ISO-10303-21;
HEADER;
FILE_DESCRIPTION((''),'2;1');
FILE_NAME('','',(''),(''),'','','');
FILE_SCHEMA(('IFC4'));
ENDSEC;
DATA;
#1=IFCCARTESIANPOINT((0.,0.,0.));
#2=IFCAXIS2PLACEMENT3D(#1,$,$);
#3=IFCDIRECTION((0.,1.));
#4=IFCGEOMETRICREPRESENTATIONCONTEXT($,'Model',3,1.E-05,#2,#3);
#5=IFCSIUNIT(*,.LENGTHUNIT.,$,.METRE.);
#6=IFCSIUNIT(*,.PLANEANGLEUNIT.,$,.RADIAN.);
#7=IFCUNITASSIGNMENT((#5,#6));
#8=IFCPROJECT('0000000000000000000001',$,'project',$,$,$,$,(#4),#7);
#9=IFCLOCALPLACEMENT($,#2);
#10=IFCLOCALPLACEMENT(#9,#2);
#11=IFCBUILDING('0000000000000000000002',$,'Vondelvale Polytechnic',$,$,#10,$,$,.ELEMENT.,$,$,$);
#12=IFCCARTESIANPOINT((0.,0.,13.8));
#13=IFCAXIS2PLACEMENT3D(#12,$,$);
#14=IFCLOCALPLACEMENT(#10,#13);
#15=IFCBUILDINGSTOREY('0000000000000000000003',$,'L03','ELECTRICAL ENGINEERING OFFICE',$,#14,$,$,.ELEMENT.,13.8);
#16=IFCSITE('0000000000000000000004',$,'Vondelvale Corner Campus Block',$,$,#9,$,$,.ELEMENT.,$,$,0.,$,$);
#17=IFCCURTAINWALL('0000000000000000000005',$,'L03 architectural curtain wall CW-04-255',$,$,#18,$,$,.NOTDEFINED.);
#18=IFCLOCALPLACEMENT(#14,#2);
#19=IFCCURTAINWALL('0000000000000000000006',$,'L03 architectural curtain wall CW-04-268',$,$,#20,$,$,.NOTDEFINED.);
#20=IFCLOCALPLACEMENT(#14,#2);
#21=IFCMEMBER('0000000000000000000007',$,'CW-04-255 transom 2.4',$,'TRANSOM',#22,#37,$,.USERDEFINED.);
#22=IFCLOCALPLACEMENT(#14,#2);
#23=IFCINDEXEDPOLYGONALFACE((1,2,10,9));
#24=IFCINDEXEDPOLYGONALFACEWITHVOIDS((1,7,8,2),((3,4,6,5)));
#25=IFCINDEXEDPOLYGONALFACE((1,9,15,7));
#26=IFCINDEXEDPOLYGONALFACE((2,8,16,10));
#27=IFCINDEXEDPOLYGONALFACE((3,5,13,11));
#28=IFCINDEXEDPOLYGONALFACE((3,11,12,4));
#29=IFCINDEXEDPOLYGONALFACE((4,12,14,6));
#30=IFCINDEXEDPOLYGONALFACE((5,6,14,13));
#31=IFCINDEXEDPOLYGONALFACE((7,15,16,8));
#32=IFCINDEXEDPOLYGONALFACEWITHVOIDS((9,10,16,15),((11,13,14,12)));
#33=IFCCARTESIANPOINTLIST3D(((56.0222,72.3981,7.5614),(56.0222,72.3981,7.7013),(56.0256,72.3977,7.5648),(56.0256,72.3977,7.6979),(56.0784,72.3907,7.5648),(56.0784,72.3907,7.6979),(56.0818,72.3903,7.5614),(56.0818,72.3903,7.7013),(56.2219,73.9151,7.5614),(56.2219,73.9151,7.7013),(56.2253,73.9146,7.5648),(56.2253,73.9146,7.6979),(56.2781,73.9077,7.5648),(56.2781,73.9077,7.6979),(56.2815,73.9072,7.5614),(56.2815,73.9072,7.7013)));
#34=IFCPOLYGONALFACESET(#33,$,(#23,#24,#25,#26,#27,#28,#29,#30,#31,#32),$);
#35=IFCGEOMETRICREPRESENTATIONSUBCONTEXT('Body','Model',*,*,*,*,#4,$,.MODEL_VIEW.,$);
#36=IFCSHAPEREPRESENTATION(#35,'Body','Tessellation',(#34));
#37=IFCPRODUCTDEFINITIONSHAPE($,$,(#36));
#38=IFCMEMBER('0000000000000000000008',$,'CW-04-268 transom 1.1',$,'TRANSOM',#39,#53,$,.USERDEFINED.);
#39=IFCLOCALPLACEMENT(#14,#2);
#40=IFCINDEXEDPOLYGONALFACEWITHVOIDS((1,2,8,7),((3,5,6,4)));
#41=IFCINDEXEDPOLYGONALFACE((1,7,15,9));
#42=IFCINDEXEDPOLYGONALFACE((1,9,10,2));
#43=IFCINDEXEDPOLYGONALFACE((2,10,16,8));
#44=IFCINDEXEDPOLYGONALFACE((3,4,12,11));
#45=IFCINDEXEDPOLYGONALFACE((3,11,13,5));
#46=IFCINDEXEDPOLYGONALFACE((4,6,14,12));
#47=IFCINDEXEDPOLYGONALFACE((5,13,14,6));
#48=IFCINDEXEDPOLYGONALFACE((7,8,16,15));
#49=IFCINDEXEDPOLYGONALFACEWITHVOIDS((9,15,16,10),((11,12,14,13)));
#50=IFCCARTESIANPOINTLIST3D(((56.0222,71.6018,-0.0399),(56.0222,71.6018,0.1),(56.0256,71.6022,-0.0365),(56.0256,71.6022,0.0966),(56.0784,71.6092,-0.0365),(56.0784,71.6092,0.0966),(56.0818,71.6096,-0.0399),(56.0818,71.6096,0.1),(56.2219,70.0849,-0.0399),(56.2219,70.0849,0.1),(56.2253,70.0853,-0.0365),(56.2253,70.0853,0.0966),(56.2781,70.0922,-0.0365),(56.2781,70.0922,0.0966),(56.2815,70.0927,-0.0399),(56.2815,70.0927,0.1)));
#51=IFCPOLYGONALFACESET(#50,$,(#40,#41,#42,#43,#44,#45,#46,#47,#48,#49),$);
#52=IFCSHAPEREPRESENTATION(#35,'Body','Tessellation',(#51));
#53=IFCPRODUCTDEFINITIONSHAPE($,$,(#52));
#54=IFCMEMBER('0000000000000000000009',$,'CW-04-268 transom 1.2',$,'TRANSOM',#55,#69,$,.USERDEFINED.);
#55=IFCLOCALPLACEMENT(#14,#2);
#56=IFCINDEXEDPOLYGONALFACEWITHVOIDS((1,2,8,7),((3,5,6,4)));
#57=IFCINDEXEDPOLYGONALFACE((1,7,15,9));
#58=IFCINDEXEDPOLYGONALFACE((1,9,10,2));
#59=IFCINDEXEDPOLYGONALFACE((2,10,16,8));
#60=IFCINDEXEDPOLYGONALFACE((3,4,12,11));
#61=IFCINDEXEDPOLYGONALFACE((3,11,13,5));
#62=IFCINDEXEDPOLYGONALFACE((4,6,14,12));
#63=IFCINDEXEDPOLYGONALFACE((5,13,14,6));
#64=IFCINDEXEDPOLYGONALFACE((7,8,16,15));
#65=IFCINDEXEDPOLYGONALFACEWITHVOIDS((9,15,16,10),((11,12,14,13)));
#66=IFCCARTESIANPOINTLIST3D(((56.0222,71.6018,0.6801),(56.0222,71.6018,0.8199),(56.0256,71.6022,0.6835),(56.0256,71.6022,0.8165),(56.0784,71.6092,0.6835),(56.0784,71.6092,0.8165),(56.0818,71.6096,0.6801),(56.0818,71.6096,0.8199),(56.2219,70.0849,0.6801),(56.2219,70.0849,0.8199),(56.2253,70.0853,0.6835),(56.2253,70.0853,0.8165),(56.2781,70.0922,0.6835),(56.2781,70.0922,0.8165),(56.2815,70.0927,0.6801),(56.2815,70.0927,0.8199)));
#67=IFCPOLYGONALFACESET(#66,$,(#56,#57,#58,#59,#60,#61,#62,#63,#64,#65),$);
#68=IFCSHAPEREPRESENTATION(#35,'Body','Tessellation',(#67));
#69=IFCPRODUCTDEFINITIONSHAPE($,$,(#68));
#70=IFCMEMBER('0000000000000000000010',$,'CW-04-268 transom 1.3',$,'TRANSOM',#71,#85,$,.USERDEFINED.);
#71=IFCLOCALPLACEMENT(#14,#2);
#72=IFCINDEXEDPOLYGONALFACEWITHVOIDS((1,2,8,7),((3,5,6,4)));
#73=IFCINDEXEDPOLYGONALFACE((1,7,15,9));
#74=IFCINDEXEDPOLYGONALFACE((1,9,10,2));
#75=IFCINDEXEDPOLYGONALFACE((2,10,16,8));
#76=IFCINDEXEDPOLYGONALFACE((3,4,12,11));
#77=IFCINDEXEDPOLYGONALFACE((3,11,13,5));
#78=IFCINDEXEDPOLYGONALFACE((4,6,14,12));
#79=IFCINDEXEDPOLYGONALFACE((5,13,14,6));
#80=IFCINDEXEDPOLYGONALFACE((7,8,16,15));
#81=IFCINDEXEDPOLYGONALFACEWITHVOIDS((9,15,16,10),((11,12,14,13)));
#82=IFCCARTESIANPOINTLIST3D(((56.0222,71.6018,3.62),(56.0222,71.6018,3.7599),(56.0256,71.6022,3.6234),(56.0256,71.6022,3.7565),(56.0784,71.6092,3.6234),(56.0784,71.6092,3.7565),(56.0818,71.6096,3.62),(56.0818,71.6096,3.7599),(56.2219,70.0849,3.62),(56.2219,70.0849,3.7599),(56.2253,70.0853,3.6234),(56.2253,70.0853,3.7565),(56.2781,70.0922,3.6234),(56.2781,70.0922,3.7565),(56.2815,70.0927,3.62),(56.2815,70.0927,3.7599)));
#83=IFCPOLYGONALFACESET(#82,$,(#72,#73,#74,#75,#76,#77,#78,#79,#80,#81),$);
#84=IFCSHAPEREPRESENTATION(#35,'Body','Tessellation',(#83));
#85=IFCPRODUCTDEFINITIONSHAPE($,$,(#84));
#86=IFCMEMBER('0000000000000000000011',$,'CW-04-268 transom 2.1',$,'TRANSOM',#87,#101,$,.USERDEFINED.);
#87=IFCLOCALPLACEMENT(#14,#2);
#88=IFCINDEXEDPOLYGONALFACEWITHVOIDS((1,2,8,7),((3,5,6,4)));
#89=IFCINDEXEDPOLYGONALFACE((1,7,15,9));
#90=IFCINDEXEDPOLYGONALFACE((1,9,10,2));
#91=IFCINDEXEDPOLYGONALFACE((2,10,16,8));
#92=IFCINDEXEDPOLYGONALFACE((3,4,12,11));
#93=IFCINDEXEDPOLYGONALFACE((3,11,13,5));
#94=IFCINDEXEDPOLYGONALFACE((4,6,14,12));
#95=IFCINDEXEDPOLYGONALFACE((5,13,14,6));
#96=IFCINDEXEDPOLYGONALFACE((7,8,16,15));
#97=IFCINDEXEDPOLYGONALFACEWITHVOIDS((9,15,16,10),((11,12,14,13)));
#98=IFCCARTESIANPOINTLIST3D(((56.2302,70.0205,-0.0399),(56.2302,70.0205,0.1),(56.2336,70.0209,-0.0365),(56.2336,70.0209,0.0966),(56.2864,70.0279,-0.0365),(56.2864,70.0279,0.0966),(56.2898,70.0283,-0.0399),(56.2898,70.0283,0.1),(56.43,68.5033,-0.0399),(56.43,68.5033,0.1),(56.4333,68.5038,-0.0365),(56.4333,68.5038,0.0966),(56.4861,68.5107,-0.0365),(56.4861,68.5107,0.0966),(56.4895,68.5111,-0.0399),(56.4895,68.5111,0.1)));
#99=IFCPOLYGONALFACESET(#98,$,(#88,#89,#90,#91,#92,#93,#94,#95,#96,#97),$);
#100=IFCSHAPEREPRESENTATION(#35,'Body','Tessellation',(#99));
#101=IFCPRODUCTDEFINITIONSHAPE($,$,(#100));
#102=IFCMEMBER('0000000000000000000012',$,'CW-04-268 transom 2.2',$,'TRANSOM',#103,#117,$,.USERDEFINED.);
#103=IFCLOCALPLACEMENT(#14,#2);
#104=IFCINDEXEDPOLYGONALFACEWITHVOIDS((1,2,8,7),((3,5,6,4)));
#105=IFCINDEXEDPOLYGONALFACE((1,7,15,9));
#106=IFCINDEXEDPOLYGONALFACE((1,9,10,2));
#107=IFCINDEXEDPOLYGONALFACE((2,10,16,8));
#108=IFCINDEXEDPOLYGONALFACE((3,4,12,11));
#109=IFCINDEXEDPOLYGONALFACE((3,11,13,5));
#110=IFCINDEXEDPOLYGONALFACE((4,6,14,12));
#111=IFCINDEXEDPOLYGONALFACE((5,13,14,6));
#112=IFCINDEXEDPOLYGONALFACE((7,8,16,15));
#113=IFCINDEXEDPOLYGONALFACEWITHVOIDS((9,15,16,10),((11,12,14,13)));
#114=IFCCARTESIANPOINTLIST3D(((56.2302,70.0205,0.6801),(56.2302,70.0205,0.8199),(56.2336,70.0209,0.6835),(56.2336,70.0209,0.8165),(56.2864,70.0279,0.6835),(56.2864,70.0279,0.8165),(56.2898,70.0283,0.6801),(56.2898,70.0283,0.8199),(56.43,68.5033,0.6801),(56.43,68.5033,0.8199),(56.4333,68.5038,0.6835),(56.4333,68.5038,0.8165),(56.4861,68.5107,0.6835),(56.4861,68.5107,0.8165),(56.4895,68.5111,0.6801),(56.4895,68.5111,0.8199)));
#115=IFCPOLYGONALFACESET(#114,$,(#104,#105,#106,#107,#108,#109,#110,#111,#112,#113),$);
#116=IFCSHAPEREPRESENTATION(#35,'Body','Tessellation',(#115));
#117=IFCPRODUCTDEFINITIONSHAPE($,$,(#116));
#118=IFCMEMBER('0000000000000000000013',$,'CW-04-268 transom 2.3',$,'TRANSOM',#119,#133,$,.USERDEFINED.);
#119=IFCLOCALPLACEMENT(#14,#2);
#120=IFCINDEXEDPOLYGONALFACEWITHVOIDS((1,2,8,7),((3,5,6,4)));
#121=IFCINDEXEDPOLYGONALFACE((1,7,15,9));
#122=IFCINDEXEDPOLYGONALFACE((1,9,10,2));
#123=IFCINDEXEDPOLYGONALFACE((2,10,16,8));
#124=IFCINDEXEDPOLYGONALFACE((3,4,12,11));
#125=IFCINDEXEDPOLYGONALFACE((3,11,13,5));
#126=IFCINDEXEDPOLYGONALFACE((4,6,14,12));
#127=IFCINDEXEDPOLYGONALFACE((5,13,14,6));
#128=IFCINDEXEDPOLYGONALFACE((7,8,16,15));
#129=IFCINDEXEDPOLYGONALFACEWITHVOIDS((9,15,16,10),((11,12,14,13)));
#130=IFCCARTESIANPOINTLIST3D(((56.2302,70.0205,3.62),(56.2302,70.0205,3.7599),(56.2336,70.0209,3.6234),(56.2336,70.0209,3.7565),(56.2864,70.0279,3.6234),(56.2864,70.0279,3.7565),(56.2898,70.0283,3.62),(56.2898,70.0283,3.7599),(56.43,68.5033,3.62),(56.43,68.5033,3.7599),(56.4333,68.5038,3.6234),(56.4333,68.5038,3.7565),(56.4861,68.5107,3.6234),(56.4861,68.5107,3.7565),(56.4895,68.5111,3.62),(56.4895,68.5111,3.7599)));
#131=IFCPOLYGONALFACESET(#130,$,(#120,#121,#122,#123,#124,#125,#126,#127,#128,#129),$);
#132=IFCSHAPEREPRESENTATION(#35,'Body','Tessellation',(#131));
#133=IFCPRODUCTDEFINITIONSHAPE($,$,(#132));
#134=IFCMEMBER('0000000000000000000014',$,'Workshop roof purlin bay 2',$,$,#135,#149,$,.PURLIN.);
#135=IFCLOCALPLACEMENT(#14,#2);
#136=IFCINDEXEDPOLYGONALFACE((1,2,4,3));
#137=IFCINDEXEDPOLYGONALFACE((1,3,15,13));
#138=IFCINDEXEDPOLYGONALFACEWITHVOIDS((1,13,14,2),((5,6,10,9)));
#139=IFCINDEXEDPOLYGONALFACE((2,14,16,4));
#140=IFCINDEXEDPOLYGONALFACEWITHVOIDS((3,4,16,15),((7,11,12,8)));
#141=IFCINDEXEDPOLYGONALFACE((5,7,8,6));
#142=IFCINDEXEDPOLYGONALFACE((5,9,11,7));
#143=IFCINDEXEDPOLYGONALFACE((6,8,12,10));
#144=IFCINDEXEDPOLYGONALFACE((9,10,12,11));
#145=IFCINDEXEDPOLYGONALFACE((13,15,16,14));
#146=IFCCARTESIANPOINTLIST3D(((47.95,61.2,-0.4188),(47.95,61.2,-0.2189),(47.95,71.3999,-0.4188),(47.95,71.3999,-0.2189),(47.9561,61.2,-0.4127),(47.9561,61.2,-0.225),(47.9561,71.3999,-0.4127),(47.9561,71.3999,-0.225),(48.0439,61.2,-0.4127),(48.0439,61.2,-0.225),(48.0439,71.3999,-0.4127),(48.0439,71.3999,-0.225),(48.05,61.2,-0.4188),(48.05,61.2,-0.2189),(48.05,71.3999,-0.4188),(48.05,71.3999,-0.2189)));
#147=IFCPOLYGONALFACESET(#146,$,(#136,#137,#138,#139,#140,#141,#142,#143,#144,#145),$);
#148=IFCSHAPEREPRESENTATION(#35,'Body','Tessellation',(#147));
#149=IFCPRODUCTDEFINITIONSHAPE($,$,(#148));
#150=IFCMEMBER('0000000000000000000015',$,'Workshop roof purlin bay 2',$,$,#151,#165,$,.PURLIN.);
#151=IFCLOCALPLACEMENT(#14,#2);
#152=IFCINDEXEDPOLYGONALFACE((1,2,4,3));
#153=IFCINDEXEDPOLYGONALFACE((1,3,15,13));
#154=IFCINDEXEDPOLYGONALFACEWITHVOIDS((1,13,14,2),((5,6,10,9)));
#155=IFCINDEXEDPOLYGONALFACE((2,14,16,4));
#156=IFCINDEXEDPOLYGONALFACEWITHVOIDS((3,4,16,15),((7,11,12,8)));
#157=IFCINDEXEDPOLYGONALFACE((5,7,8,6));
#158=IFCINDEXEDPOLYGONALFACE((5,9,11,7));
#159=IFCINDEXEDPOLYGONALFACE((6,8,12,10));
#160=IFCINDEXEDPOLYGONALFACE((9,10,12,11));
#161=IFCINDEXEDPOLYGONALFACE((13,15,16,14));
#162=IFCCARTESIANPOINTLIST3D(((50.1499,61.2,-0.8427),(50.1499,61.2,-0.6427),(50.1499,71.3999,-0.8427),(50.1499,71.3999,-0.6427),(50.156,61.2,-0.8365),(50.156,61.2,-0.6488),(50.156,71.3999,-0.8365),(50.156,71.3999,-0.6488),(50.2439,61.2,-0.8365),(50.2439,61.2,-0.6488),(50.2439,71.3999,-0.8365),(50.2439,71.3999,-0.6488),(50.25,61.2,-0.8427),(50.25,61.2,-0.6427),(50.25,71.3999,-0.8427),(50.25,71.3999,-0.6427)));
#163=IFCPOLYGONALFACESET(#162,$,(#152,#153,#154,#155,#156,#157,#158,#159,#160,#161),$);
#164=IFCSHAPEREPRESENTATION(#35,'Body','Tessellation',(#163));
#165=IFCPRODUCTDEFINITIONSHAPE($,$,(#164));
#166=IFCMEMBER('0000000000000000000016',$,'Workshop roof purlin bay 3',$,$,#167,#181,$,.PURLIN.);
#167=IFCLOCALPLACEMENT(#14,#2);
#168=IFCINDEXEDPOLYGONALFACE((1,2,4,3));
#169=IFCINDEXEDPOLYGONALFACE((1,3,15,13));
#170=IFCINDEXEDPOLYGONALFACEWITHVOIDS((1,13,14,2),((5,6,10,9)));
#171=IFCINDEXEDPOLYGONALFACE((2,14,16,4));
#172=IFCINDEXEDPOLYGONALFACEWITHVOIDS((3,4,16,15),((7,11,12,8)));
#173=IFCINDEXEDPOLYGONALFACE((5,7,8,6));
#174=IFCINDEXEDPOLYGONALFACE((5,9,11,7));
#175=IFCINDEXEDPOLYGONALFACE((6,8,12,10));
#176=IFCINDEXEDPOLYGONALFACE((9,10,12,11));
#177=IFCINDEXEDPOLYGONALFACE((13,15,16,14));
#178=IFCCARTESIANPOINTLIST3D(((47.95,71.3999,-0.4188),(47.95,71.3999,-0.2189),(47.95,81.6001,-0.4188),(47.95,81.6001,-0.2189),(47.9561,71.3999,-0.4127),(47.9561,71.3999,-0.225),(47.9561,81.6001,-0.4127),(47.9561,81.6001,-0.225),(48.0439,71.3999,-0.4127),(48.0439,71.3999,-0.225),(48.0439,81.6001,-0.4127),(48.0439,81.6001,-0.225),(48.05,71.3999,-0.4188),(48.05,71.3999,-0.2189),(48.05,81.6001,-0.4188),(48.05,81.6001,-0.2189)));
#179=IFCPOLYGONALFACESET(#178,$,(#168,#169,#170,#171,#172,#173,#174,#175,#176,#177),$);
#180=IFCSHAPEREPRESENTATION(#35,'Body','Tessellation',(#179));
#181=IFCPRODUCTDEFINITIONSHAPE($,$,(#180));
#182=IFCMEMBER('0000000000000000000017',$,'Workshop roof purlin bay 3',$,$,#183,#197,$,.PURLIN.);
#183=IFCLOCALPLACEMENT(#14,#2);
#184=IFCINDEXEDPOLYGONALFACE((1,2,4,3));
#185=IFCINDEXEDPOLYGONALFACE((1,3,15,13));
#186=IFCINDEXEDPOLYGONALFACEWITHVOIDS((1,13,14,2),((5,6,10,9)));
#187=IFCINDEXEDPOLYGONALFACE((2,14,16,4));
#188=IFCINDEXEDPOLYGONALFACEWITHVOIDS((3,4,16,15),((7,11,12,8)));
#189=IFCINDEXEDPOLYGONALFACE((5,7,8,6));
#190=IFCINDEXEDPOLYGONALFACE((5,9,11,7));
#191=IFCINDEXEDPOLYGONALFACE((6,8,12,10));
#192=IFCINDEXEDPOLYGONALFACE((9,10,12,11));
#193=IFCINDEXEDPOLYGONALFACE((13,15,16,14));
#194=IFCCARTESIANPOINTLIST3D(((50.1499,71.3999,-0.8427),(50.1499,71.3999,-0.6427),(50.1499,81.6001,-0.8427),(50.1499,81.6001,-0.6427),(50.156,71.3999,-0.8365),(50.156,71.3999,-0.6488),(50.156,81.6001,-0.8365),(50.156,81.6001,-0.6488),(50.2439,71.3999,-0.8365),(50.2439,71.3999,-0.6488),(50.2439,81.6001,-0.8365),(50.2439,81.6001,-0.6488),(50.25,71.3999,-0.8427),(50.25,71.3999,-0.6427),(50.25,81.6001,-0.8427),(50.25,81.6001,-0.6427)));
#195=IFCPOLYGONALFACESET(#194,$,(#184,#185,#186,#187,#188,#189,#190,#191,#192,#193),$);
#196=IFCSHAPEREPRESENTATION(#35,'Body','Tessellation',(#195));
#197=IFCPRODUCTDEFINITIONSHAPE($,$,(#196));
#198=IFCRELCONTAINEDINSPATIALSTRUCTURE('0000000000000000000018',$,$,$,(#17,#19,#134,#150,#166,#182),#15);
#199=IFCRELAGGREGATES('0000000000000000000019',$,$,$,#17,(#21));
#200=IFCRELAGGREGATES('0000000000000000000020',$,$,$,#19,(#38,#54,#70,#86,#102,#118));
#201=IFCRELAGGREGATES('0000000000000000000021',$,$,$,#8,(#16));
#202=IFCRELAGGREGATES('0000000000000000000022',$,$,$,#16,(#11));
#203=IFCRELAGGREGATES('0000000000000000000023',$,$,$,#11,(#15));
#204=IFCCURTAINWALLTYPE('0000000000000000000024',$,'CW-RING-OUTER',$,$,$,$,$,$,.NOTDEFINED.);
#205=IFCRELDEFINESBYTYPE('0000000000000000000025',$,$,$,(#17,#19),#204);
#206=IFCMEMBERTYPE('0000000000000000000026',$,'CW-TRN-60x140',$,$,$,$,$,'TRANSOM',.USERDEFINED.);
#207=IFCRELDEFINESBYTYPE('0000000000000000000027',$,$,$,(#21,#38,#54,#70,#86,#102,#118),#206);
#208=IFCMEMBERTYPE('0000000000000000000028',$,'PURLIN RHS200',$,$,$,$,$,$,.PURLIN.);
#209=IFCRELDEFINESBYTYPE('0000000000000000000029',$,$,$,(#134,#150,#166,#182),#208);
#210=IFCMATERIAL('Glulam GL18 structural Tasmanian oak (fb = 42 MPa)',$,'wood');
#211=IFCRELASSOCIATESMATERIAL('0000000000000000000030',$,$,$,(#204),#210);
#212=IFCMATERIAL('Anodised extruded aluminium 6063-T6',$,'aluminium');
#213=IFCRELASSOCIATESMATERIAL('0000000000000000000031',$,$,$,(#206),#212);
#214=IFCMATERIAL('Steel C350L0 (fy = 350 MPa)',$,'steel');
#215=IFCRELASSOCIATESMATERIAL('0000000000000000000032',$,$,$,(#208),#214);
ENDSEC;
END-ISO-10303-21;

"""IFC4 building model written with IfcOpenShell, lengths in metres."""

from ifc_helpers import new_model, si_unit, direction, frame, origin, origin_2d, place, context, subcontext, project, spatial, hollow_rectangle, extrude, material, material_profile, profile_set, type_object, element, aggregate, save


model = new_model("IFC4")

# Units and contexts
model_context = context("Model", 3, precision=1e-05, world=origin(), true_north=direction((0.0, 1.0)))
body_context = subcontext(model_context, "Body", "Model", "MODEL_VIEW")
ifc_project = project(units=[si_unit("LENGTHUNIT", "METRE"), si_unit("PLANEANGLEUNIT", "RADIAN")], contexts=[model_context])

# Site, building, storey
site_placement = place(None, origin())
site = spatial("IfcSite", under=ifc_project, at=site_placement, Name="Vondelvale Corner Campus Block", CompositionType="ELEMENT", RefElevation=0.0)
building_placement = place(site_placement, origin())
building = spatial("IfcBuilding", under=site, at=building_placement, Name="Vondelvale Polytechnic", CompositionType="ELEMENT")
storey_placement = place(building_placement, frame((0.0, 0.0, 13.8)))
storey = spatial("IfcBuildingStorey", under=building, at=storey_placement, Name="L03", Description="ELECTRICAL ENGINEERING OFFICE", CompositionType="ELEMENT", Elevation=13.8)

# Curtain walls
ifc_material_1 = material(Name="Glulam GL18 structural Tasmanian oak (fb = 42 MPa)", Category="wood")
curtain_wall_type = type_object("IfcCurtainWallType", Name="CW-RING-OUTER", PredefinedType="NOTDEFINED", material=ifc_material_1)
curtain_wall_1_placement = place(storey_placement, origin())
curtain_wall_1 = element("IfcCurtainWall", 1, at=curtain_wall_1_placement, inside=storey, type_object=curtain_wall_type, Name="L03 architectural curtain wall CW-04-255", PredefinedType="NOTDEFINED")
ifc_material_2 = material(Name="Anodised extruded aluminium 6063-T6", Category="aluminium")
curtain_wall_2_placement = place(storey_placement, origin())
curtain_wall_2 = element("IfcCurtainWall", 2, at=curtain_wall_2_placement, inside=storey, type_object=curtain_wall_type, Name="L03 architectural curtain wall CW-04-268", PredefinedType="NOTDEFINED")

# Members
ifc_material_profile_1 = material_profile(ifc_material_2, hollow_rectangle(XDim=0.0601, YDim=0.1399, WallThickness=0.0034, at=origin_2d()), Name="CW-TRN-140x60")
ifc_profile_set_1 = profile_set([ifc_material_profile_1], Name="Anodised extruded aluminium 6063-T6")
member_type_1 = type_object("IfcMemberType", Name="CW-TRN-60x140", ElementType="TRANSOM", PredefinedType="USERDEFINED", material=ifc_profile_set_1)
member_1_placement = place(storey_placement, frame((56.2517, 73.9111, 7.6313), z_axis=(-0.130533, -0.991444, 0.0), x_axis=(0.991444, -0.130533, 0.0)))
member_1 = element("IfcMember", 3, at=member_1_placement, type_object=member_type_1, Name="CW-04-255 transom 2.4", ObjectType="TRANSOM", PredefinedType="USERDEFINED", context=body_context, shape_type="SweptSolid", body=[
    extrude(hollow_rectangle(XDim=0.0601, YDim=0.1399, WallThickness=0.0034, at=origin_2d()), origin(), (0.0, 0.0, 1.0), 1.53),
])
member_2_placement = place(storey_placement, frame((56.052, 71.6057, 0.03), z_axis=(0.130533, -0.991444, 0.0), x_axis=(0.991444, 0.130533, 0.0)))
member_2 = element("IfcMember", 4, at=member_2_placement, type_object=member_type_1, Name="CW-04-268 transom 1.1", ObjectType="TRANSOM", PredefinedType="USERDEFINED", context=body_context, shape_type="SweptSolid", body=[
    extrude(hollow_rectangle(XDim=0.0601, YDim=0.1399, WallThickness=0.0034, at=origin_2d()), origin(), (0.0, 0.0, 1.0), 1.53),
])
member_3_placement = place(storey_placement, frame((56.052, 71.6057, 0.75), z_axis=(0.130533, -0.991444, 0.0), x_axis=(0.991444, 0.130533, 0.0)))
member_3 = element("IfcMember", 5, at=member_3_placement, type_object=member_type_1, Name="CW-04-268 transom 1.2", ObjectType="TRANSOM", PredefinedType="USERDEFINED", context=body_context, shape_type="SweptSolid", body=[
    extrude(hollow_rectangle(XDim=0.0601, YDim=0.1399, WallThickness=0.0034, at=origin_2d()), origin(), (0.0, 0.0, 1.0), 1.53),
])
member_4_placement = place(storey_placement, frame((56.052, 71.6057, 3.6899), z_axis=(0.130533, -0.991444, 0.0), x_axis=(0.991444, 0.130533, 0.0)))
member_4 = element("IfcMember", 6, at=member_4_placement, type_object=member_type_1, Name="CW-04-268 transom 1.3", ObjectType="TRANSOM", PredefinedType="USERDEFINED", context=body_context, shape_type="SweptSolid", body=[
    extrude(hollow_rectangle(XDim=0.0601, YDim=0.1399, WallThickness=0.0034, at=origin_2d()), origin(), (0.0, 0.0, 1.0), 1.53),
])
member_5_placement = place(storey_placement, frame((56.26, 70.0244, 0.03), z_axis=(0.130512, -0.991447, 0.0), x_axis=(0.991447, 0.130512, 0.0)))
member_5 = element("IfcMember", 7, at=member_5_placement, type_object=member_type_1, Name="CW-04-268 transom 2.1", ObjectType="TRANSOM", PredefinedType="USERDEFINED", context=body_context, shape_type="SweptSolid", body=[
    extrude(hollow_rectangle(XDim=0.0601, YDim=0.1399, WallThickness=0.0034, at=origin_2d()), origin(), (0.0, 0.0, 1.0), 1.5303),
])
member_6_placement = place(storey_placement, frame((56.26, 70.0244, 0.75), z_axis=(0.130512, -0.991447, 0.0), x_axis=(0.991447, 0.130512, 0.0)))
member_6 = element("IfcMember", 8, at=member_6_placement, type_object=member_type_1, Name="CW-04-268 transom 2.2", ObjectType="TRANSOM", PredefinedType="USERDEFINED", context=body_context, shape_type="SweptSolid", body=[
    extrude(hollow_rectangle(XDim=0.0601, YDim=0.1399, WallThickness=0.0034, at=origin_2d()), origin(), (0.0, 0.0, 1.0), 1.5303),
])
member_7_placement = place(storey_placement, frame((56.26, 70.0244, 3.6899), z_axis=(0.130512, -0.991447, 0.0), x_axis=(0.991447, 0.130512, 0.0)))
member_7 = element("IfcMember", 9, at=member_7_placement, type_object=member_type_1, Name="CW-04-268 transom 2.3", ObjectType="TRANSOM", PredefinedType="USERDEFINED", context=body_context, shape_type="SweptSolid", body=[
    extrude(hollow_rectangle(XDim=0.0601, YDim=0.1399, WallThickness=0.0034, at=origin_2d()), origin(), (0.0, 0.0, 1.0), 1.5303),
])

# Members
ifc_material_3 = material(Name="Steel C350L0 (fy = 350 MPa)", Category="steel")
ifc_material_profile_2 = material_profile(ifc_material_3, hollow_rectangle(XDim=0.1001, YDim=0.2, WallThickness=0.0061, at=origin_2d()), Name="200x100x6.0RHS")
ifc_profile_set_2 = profile_set([ifc_material_profile_2], Name="Steel C350L0 (fy = 350 MPa)")
member_type_2 = type_object("IfcMemberType", Name="PURLIN RHS200", PredefinedType="PURLIN", material=ifc_profile_set_2)
for number, where, z_axis, x_axis, name in (
    (10, (48.0, 61.2, -0.3188), (0.0, 1.0, 0.0), (-1.0, 0.0, 0.0), "Workshop roof purlin bay 2"),
    (11, (50.2, 61.2, -0.7427), (0.0, 1.0, 0.0), (-1.0, 0.0, 0.0), "Workshop roof purlin bay 2"),
):
    element("IfcMember", number, at=place(storey_placement, frame(where, z_axis=z_axis, x_axis=x_axis)), inside=storey, type_object=member_type_2, Name=name, PredefinedType="PURLIN", context=body_context, shape_type="SweptSolid", body=[
        extrude(hollow_rectangle(XDim=0.1001, YDim=0.2, WallThickness=0.0061, at=origin_2d()), origin(), (0.0, 0.0, 1.0), 10.2),
    ])
for number, where, z_axis, x_axis, name in (
    (12, (48.0, 71.3999, -0.3188), (0.0, 1.0, 0.0), (-1.0, 0.0, 0.0), "Workshop roof purlin bay 3"),
    (13, (50.2, 71.3999, -0.7427), (0.0, 1.0, 0.0), (-1.0, 0.0, 0.0), "Workshop roof purlin bay 3"),
):
    element("IfcMember", number, at=place(storey_placement, frame(where, z_axis=z_axis, x_axis=x_axis)), inside=storey, type_object=member_type_2, Name=name, PredefinedType="PURLIN", context=body_context, shape_type="SweptSolid", body=[
        extrude(hollow_rectangle(XDim=0.1001, YDim=0.2, WallThickness=0.0061, at=origin_2d()), origin(), (0.0, 0.0, 1.0), 10.2002),
    ])

aggregate(curtain_wall_1, [member_1])
aggregate(curtain_wall_2, [member_2, member_3, member_4, member_5, member_6, member_7])

save(model, "model.ifc")
